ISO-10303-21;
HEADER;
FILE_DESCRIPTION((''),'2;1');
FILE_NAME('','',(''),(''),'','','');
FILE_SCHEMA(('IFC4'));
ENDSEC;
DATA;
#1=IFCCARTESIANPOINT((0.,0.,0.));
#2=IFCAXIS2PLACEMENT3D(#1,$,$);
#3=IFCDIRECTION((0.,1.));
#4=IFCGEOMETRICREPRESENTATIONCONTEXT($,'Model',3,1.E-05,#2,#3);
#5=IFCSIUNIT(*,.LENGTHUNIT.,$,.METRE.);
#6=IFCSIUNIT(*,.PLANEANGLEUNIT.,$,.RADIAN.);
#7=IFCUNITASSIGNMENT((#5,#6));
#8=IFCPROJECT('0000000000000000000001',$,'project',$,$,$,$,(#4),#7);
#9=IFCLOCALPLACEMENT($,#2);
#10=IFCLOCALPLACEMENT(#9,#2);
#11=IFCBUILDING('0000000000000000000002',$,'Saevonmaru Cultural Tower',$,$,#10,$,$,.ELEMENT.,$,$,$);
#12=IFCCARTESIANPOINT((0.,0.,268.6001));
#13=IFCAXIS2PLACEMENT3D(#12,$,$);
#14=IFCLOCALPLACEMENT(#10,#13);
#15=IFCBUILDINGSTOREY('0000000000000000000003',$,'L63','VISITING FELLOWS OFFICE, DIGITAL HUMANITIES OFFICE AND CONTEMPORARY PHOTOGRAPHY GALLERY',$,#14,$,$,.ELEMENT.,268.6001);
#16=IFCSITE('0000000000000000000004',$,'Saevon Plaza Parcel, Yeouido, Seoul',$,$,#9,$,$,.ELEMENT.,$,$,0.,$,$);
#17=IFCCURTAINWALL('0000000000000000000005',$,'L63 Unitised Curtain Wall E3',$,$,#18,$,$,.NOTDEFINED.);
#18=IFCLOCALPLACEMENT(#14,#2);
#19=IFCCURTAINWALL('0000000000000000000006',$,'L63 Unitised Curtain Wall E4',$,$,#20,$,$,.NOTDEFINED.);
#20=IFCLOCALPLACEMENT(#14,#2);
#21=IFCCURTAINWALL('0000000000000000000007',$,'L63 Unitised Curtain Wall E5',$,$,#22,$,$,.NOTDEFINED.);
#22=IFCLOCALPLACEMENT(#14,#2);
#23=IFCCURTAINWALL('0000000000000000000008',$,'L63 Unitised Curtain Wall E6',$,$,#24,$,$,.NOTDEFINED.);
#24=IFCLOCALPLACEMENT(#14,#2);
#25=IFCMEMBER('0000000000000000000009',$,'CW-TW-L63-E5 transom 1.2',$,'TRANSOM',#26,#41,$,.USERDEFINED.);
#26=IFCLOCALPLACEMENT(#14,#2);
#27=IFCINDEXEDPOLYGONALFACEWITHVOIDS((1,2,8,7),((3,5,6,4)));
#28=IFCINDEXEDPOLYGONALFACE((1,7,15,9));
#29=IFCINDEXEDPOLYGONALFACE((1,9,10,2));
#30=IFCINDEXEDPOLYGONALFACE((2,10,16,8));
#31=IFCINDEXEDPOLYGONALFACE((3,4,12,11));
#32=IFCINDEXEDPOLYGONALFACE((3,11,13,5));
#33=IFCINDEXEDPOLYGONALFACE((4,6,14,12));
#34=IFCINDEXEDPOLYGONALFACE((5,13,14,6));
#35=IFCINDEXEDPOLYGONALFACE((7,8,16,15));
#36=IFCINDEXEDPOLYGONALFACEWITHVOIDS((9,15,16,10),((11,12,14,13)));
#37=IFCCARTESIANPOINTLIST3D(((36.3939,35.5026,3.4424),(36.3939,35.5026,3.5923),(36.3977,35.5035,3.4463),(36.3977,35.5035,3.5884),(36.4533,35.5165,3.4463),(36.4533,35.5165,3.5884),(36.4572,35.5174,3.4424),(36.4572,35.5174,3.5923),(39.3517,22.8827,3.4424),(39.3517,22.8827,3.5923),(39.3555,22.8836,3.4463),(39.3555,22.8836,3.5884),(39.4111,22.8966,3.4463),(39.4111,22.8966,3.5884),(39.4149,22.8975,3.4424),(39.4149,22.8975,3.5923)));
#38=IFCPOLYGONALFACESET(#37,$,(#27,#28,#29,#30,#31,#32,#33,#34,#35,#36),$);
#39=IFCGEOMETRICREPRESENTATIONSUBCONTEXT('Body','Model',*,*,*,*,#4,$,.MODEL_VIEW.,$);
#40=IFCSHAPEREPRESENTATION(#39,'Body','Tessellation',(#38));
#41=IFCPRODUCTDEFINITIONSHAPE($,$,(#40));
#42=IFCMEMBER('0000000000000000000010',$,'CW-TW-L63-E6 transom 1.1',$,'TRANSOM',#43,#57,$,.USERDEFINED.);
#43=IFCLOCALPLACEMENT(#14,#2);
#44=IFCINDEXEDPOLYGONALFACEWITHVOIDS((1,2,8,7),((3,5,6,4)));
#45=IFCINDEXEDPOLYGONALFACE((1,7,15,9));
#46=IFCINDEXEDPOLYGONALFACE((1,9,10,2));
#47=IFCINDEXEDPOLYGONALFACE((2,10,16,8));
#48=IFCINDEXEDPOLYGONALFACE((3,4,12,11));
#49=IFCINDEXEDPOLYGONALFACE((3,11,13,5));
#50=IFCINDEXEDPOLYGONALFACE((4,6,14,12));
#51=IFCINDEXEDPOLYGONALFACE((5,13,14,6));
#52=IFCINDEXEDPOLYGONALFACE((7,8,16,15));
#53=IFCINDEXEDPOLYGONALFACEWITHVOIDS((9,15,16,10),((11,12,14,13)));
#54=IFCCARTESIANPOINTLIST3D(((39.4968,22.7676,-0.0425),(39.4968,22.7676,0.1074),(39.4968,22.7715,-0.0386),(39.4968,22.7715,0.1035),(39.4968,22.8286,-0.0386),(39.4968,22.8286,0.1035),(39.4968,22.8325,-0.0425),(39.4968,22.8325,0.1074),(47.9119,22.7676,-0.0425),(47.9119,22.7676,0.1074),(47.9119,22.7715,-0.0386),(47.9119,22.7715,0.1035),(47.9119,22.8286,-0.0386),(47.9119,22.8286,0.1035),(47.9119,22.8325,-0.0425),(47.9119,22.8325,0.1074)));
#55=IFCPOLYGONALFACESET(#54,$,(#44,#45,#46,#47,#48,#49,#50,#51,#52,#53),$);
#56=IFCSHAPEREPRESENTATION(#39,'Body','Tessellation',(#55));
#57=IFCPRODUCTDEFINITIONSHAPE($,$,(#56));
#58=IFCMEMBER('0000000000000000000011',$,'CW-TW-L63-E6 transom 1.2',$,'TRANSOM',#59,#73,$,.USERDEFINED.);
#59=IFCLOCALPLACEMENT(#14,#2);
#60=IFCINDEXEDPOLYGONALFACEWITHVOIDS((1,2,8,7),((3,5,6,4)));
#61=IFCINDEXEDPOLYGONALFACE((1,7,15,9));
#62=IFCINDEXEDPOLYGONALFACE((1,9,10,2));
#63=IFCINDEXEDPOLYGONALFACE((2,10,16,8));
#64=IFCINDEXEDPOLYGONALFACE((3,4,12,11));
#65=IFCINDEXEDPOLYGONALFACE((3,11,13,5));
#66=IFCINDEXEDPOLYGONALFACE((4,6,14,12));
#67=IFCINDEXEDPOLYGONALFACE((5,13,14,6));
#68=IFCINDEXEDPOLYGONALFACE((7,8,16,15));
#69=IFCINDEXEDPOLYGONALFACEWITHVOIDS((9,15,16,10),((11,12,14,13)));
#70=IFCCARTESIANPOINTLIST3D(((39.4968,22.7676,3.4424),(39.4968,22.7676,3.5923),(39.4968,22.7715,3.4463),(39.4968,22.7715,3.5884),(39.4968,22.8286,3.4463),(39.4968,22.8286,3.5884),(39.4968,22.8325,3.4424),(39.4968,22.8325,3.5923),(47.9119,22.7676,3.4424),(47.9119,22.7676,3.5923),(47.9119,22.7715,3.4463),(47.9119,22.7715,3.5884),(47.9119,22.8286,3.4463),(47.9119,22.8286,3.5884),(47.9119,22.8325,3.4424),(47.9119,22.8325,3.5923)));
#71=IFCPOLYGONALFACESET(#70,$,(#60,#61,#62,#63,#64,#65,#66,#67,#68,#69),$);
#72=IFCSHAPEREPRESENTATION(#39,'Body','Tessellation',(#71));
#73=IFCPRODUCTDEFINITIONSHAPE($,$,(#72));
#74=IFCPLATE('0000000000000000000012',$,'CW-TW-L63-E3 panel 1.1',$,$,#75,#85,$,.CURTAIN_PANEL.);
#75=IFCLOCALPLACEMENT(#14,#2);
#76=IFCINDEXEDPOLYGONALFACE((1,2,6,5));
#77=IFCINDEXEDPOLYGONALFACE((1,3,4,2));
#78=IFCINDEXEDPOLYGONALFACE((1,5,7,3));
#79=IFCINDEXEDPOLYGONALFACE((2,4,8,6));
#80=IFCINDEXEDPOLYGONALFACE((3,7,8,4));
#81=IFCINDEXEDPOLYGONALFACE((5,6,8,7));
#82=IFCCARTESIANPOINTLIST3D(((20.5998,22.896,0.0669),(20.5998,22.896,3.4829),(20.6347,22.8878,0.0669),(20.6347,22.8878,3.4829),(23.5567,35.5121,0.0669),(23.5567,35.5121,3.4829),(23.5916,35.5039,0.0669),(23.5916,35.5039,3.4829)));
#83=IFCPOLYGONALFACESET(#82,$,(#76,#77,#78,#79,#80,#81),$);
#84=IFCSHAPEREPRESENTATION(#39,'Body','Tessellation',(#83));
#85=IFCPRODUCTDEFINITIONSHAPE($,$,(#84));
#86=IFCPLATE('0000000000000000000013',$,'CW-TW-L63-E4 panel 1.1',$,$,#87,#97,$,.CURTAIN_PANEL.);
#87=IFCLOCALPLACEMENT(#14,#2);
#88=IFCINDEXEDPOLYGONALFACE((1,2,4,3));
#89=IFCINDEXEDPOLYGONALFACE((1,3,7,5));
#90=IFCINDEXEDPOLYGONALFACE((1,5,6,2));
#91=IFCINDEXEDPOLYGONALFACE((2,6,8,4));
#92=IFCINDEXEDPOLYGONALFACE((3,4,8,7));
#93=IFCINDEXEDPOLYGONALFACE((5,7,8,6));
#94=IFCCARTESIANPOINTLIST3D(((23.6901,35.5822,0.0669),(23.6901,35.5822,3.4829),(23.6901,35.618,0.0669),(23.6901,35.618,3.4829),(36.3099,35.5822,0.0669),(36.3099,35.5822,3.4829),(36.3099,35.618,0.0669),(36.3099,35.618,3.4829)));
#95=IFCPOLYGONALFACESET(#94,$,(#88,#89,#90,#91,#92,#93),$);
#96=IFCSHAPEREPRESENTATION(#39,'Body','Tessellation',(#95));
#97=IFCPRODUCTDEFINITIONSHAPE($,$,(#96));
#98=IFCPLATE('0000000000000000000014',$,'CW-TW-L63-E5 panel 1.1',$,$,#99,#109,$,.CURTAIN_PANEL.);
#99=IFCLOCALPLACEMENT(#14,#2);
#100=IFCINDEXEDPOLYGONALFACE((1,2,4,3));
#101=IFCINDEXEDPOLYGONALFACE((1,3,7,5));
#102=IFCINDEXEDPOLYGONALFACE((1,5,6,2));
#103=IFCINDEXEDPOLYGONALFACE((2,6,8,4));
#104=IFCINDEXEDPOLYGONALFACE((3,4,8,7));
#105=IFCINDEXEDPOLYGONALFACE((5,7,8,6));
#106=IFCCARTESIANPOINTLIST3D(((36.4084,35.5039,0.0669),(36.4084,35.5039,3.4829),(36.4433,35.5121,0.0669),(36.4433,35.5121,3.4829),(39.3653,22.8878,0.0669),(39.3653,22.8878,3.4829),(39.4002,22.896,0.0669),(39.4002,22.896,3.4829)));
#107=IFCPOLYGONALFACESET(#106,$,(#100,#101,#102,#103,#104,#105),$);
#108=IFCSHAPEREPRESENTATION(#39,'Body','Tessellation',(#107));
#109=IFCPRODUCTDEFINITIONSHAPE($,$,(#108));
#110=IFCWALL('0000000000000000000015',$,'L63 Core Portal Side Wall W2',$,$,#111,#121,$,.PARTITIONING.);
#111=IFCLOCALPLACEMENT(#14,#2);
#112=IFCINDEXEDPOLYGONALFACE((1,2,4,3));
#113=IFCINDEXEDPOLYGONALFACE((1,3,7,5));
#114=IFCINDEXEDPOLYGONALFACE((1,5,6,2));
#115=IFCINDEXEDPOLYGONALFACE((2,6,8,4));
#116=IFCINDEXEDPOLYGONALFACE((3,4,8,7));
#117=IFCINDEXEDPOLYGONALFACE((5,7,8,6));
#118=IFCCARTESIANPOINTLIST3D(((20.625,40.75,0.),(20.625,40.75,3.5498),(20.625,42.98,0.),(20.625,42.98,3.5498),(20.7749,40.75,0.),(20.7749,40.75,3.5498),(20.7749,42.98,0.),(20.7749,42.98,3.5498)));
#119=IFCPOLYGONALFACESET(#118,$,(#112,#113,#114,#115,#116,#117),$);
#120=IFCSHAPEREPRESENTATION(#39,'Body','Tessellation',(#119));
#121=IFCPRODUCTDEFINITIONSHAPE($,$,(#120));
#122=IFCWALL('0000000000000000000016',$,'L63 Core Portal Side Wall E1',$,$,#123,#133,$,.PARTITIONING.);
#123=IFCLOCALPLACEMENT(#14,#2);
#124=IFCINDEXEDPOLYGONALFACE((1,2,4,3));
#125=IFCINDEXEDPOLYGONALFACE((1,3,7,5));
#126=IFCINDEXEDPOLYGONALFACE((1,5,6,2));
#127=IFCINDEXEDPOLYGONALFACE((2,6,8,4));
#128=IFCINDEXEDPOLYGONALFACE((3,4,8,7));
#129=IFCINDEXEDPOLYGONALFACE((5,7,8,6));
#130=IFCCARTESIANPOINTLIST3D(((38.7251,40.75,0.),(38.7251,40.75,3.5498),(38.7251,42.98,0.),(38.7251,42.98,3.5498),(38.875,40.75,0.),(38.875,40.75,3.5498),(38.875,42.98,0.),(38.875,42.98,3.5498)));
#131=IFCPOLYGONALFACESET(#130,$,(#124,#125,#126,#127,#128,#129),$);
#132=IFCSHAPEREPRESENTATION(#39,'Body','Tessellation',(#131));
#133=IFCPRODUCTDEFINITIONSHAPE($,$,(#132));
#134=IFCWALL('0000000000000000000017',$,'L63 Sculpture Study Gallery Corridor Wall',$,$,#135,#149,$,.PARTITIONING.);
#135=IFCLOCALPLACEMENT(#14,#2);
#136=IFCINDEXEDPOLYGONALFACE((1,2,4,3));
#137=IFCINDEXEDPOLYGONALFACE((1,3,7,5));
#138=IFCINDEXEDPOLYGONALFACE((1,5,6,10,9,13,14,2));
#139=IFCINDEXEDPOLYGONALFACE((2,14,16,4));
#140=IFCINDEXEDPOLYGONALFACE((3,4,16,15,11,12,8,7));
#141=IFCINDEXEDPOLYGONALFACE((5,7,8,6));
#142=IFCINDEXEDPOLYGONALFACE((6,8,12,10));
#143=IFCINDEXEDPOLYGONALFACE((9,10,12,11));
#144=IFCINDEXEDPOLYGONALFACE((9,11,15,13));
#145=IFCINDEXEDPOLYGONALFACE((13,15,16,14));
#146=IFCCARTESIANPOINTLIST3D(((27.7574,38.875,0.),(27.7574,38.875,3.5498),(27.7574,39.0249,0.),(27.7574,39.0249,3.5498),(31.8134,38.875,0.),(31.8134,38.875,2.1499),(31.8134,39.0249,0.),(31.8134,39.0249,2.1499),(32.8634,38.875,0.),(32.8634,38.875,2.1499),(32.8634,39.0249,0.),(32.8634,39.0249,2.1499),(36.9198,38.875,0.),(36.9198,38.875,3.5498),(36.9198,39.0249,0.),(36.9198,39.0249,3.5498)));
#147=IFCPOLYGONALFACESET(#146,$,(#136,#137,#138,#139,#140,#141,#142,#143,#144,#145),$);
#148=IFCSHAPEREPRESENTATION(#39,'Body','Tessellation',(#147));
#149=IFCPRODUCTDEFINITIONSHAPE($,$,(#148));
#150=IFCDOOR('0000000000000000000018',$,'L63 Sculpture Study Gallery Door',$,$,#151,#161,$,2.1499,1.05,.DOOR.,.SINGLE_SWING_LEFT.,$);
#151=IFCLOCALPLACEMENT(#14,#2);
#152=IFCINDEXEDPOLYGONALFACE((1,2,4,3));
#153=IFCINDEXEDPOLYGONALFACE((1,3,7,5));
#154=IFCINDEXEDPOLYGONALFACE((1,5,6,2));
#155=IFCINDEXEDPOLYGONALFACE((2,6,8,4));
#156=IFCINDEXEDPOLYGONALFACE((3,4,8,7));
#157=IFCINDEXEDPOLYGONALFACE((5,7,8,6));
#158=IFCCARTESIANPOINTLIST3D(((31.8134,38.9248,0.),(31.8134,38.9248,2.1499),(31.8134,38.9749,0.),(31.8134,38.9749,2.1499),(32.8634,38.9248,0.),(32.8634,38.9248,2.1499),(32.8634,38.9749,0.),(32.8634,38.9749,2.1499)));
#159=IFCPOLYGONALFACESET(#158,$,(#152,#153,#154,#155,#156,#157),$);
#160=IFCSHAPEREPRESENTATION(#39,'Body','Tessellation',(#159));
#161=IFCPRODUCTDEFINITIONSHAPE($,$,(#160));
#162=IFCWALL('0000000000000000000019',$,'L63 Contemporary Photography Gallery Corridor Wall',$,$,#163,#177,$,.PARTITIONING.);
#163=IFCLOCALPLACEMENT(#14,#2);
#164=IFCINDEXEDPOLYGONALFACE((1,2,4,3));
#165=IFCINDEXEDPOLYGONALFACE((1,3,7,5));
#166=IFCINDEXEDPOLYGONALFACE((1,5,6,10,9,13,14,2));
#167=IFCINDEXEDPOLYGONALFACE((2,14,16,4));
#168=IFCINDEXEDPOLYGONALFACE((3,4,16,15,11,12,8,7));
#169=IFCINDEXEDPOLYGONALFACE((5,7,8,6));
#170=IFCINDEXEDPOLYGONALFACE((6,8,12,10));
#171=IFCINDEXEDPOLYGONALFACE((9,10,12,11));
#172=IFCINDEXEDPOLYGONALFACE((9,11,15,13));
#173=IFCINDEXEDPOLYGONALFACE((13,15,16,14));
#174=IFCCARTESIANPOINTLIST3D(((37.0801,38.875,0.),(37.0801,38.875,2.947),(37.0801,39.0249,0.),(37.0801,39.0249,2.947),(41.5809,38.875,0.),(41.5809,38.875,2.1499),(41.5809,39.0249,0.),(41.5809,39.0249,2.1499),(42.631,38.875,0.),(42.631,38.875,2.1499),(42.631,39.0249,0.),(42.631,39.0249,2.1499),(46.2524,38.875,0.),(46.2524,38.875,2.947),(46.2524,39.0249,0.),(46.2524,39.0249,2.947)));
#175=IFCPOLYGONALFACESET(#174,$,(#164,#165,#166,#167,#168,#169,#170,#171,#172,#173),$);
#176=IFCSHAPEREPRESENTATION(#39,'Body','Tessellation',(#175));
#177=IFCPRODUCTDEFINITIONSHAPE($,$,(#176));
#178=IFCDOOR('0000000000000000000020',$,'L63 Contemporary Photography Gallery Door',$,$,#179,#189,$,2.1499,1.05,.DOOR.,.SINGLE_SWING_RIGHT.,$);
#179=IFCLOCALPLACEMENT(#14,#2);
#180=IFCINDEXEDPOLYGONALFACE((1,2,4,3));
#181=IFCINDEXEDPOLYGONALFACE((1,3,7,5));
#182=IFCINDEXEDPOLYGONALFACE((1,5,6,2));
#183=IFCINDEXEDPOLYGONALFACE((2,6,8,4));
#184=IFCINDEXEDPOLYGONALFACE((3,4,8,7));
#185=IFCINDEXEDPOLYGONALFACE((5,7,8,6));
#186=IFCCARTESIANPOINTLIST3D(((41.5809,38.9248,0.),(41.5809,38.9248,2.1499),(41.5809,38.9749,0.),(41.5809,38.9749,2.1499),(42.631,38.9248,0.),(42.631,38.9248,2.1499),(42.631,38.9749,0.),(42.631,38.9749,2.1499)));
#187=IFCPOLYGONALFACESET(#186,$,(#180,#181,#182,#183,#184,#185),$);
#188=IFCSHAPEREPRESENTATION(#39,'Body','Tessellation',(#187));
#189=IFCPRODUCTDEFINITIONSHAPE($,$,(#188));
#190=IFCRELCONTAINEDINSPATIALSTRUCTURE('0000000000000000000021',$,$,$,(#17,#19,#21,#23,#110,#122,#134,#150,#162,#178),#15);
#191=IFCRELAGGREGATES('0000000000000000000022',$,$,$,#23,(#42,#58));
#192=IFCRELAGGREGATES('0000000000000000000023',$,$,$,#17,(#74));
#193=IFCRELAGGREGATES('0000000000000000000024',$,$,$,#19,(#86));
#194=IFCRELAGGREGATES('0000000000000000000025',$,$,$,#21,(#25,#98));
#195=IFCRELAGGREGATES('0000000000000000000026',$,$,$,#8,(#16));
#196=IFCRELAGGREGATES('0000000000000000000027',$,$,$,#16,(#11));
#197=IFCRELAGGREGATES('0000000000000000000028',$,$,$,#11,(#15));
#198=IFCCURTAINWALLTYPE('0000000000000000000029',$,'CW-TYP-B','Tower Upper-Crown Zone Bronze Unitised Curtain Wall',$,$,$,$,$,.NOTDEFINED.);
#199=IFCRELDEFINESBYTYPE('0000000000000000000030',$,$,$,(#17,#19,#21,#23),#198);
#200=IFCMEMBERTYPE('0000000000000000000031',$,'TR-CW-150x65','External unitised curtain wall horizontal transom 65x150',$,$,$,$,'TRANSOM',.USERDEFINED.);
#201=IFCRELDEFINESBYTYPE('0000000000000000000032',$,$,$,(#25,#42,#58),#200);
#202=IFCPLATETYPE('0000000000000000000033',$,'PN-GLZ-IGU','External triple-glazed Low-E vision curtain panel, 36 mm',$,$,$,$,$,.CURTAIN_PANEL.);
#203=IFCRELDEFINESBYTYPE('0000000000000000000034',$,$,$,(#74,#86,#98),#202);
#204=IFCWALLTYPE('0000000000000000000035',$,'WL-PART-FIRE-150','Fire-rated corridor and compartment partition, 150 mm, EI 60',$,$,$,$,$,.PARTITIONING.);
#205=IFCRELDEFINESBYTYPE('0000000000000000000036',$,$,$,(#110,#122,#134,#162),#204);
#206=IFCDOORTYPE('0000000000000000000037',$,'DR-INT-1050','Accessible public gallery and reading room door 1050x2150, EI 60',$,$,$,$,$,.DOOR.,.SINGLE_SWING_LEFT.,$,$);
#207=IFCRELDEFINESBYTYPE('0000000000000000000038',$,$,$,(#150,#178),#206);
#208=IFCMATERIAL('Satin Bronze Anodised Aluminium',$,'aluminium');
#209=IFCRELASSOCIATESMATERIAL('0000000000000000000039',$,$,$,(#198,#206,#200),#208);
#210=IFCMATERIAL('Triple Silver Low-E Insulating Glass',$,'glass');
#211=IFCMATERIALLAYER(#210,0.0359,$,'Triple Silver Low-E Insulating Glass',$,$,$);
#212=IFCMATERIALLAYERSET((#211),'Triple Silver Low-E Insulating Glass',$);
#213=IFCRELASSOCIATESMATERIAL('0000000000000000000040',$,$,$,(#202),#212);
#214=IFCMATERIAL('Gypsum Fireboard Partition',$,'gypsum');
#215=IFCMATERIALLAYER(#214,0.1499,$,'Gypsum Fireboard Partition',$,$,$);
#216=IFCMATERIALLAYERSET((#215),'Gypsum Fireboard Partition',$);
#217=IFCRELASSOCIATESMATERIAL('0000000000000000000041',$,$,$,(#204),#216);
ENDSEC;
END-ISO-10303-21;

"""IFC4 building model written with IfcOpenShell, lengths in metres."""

from ifc_helpers import new_model, si_unit, direction, frame, frame_2d, origin, origin_2d, place, context, subcontext, project, spatial, rectangle, hollow_rectangle, extrude, material, layer, layer_set, material_profile, profile_set, type_object, element, fill, aggregate, save


model = new_model("IFC4")

# Units and contexts
model_context = context("Model", 3, precision=1e-05, world=origin(), true_north=direction((0.0, 1.0)))
body_context = subcontext(model_context, "Body", "Model", "MODEL_VIEW")
ifc_project = project(units=[si_unit("LENGTHUNIT", "METRE"), si_unit("PLANEANGLEUNIT", "RADIAN")], contexts=[model_context])

# Site, building, storey
site_placement = place(None, origin())
site = spatial("IfcSite", under=ifc_project, at=site_placement, Name="Saevon Plaza Parcel, Yeouido, Seoul", CompositionType="ELEMENT", RefElevation=0.0)
building_placement = place(site_placement, origin())
building = spatial("IfcBuilding", under=site, at=building_placement, Name="Saevonmaru Cultural Tower", CompositionType="ELEMENT")
storey_placement = place(building_placement, frame((0.0, 0.0, 268.6001)))
storey = spatial("IfcBuildingStorey", under=building, at=storey_placement, Name="L63", Description="VISITING FELLOWS OFFICE, DIGITAL HUMANITIES OFFICE AND CONTEMPORARY PHOTOGRAPHY GALLERY", CompositionType="ELEMENT", Elevation=268.6001)

# Curtain wall
ifc_material_1 = material(Name="Satin Bronze Anodised Aluminium", Category="aluminium")
curtain_wall_type = type_object("IfcCurtainWallType", Name="CW-TYP-B", Description="Tower Upper-Crown Zone Bronze Unitised Curtain Wall", PredefinedType="NOTDEFINED", material=ifc_material_1)
curtain_wall_1_placement = place(storey_placement, origin())
curtain_wall_1 = element("IfcCurtainWall", 1, at=curtain_wall_1_placement, inside=storey, type_object=curtain_wall_type, Name="L63 Unitised Curtain Wall E3", PredefinedType="NOTDEFINED")

# Curtain walls
curtain_wall_2_placement = place(storey_placement, origin())
curtain_wall_2 = element("IfcCurtainWall", 2, at=curtain_wall_2_placement, inside=storey, type_object=curtain_wall_type, Name="L63 Unitised Curtain Wall E4", PredefinedType="NOTDEFINED")
curtain_wall_3_placement = place(storey_placement, origin())
curtain_wall_3 = element("IfcCurtainWall", 3, at=curtain_wall_3_placement, inside=storey, type_object=curtain_wall_type, Name="L63 Unitised Curtain Wall E5", PredefinedType="NOTDEFINED")

# Curtain wall
curtain_wall_4_placement = place(storey_placement, origin())
curtain_wall_4 = element("IfcCurtainWall", 4, at=curtain_wall_4_placement, inside=storey, type_object=curtain_wall_type, Name="L63 Unitised Curtain Wall E6", PredefinedType="NOTDEFINED")

# Members
ifc_material_profile_1 = material_profile(ifc_material_1, hollow_rectangle(XDim=0.0649, YDim=0.1499, WallThickness=0.0039, at=origin_2d()), Name="ALU-TRAN-150x65x4")
ifc_profile_set_1 = profile_set([ifc_material_profile_1], Name="Satin Bronze Anodised Aluminium")
member_type_1 = type_object("IfcMemberType", Name="TR-CW-150x65", Description="External unitised curtain wall horizontal transom 65x150", ElementType="TRANSOM", PredefinedType="USERDEFINED", material=ifc_profile_set_1)
member_1_placement = place(storey_placement, frame((36.4255, 35.51, 3.5173), z_axis=(0.22819, -0.973617, 0.0), x_axis=(0.973617, 0.22819, 0.0)))
member_1 = element("IfcMember", 5, at=member_1_placement, type_object=member_type_1, Name="CW-TW-L63-E5 transom 1.2", ObjectType="TRANSOM", PredefinedType="USERDEFINED", context=body_context, shape_type="SweptSolid", body=[
    extrude(hollow_rectangle(XDim=0.0649, YDim=0.1499, WallThickness=0.0039, at=origin_2d()), origin(), (0.0, 0.0, 1.0), 12.9619),
])
member_2_placement = place(storey_placement, frame((39.4968, 22.8, 0.0325), z_axis=(1.0, 0.0, 0.0), x_axis=(0.0, 1.0, 0.0)))
member_2 = element("IfcMember", 6, at=member_2_placement, type_object=member_type_1, Name="CW-TW-L63-E6 transom 1.1", ObjectType="TRANSOM", PredefinedType="USERDEFINED", context=body_context, shape_type="SweptSolid", body=[
    extrude(hollow_rectangle(XDim=0.0649, YDim=0.1499, WallThickness=0.0039, at=origin_2d()), origin(), (0.0, 0.0, 1.0), 8.415),
])
member_3_placement = place(storey_placement, frame((39.4968, 22.8, 3.5173), z_axis=(1.0, 0.0, 0.0), x_axis=(0.0, 1.0, 0.0)))
member_3 = element("IfcMember", 7, at=member_3_placement, type_object=member_type_1, Name="CW-TW-L63-E6 transom 1.2", ObjectType="TRANSOM", PredefinedType="USERDEFINED", context=body_context, shape_type="SweptSolid", body=[
    extrude(hollow_rectangle(XDim=0.0649, YDim=0.1499, WallThickness=0.0039, at=origin_2d()), origin(), (0.0, 0.0, 1.0), 8.415),
])
aggregate(curtain_wall_4, [member_2, member_3])

# Plates
ifc_material_2 = material(Name="Triple Silver Low-E Insulating Glass", Category="glass")
ifc_layer_1 = layer(ifc_material_2, 0.0359, Name="Triple Silver Low-E Insulating Glass")
ifc_layer_set_1 = layer_set([ifc_layer_1], Name="Triple Silver Low-E Insulating Glass")
plate_type = type_object("IfcPlateType", Name="PN-GLZ-IGU", Description="External triple-glazed Low-E vision curtain panel, 36 mm", PredefinedType="CURTAIN_PANEL", material=ifc_layer_set_1)
plate_1_placement = place(storey_placement, frame((22.0957, 29.2, 0.0669), z_axis=(0.0, 0.0, 1.0), x_axis=(0.22819, 0.973617, 0.0)))
plate_1 = element("IfcPlate", 8, at=plate_1_placement, type_object=plate_type, Name="CW-TW-L63-E3 panel 1.1", PredefinedType="CURTAIN_PANEL", context=body_context, shape_type="SweptSolid", body=[
    extrude(rectangle(XDim=12.958, YDim=0.0359, at=origin_2d()), origin(), (0.0, 0.0, 1.0), 3.416),
])
aggregate(curtain_wall_1, [plate_1])
plate_2_placement = place(storey_placement, frame((30.0, 35.6001, 0.0669), z_axis=(0.0, 0.0, 1.0), x_axis=(1.0, 0.0, 0.0)))
plate_2 = element("IfcPlate", 9, at=plate_2_placement, type_object=plate_type, Name="CW-TW-L63-E4 panel 1.1", PredefinedType="CURTAIN_PANEL", context=body_context, shape_type="SweptSolid", body=[
    extrude(rectangle(XDim=12.6199, YDim=0.0359, at=origin_2d()), origin(), (0.0, 0.0, 1.0), 3.416),
])
aggregate(curtain_wall_2, [plate_2])
plate_3_placement = place(storey_placement, frame((37.9043, 29.2, 0.0669), z_axis=(0.0, 0.0, 1.0), x_axis=(0.22819, -0.973617, 0.0)))
plate_3 = element("IfcPlate", 10, at=plate_3_placement, type_object=plate_type, Name="CW-TW-L63-E5 panel 1.1", PredefinedType="CURTAIN_PANEL", context=body_context, shape_type="SweptSolid", body=[
    extrude(rectangle(XDim=12.958, YDim=0.0359, at=origin_2d()), origin(), (0.0, 0.0, 1.0), 3.416),
])
aggregate(curtain_wall_3, [member_1, plate_3])

# Walls
ifc_material_3 = material(Name="Gypsum Fireboard Partition", Category="gypsum")
ifc_layer_2 = layer(ifc_material_3, 0.1499, Name="Gypsum Fireboard Partition")
ifc_layer_set_2 = layer_set([ifc_layer_2], Name="Gypsum Fireboard Partition")
wall_type_1 = type_object("IfcWallType", Name="WL-PART-FIRE-150", Description="Fire-rated corridor and compartment partition, 150 mm, EI 60", PredefinedType="PARTITIONING", material=ifc_layer_set_2)
for number, where, z_axis, x_axis, name in (
    (11, (20.7, 40.75, 0.0), (0.0, 0.0, 1.0), (0.0, 1.0, 0.0), "L63 Core Portal Side Wall W2"),
    (12, (38.8, 40.75, 0.0), (0.0, 0.0, 1.0), (0.0, 1.0, 0.0), "L63 Core Portal Side Wall E1"),
):
    element("IfcWall", number, at=place(storey_placement, frame(where, z_axis=z_axis, x_axis=x_axis)), inside=storey, type_object=wall_type_1, Name=name, PredefinedType="PARTITIONING", context=body_context, shape_type="SweptSolid", body=[
        extrude(rectangle(XDim=2.23, YDim=0.1499, at=frame_2d((1.115, 0.0))), origin(), (0.0, 0.0, 1.0), 3.5498),
    ])

# Walls, openings, doors
wall_1_placement = place(storey_placement, frame((27.7576, 38.95, 0.0), z_axis=(0.0, 0.0, 1.0), x_axis=(1.0, 0.0, 0.0)))
wall_1 = element("IfcWall", 13, at=wall_1_placement, inside=storey, type_object=wall_type_1, Name="L63 Sculpture Study Gallery Corridor Wall", PredefinedType="PARTITIONING", context=body_context, shape_type="SweptSolid", body=[
    extrude(rectangle(XDim=9.1624, YDim=0.1499, at=frame_2d((4.5811, 0.0))), origin(), (0.0, 0.0, 1.0), 3.5498),
])
opening_1_placement = place(wall_1_placement, frame((4.0559, 0.0, 0.0)))
opening_1 = element("IfcOpeningElement", 14, at=opening_1_placement, cuts=wall_1, PredefinedType="OPENING", context=body_context, shape_type="SweptSolid", body=[
    extrude(rectangle(XDim=1.05, YDim=2.1499, at=frame_2d((0.5249, 1.075))), frame((0.0, 0.085, 0.0), z_axis=(0.0, -1.0, 0.0), x_axis=(1.0, 0.0, 0.0)), (0.0, 0.0, 1.0), 0.1699),
])
door_type_1 = type_object("IfcDoorType", Name="DR-INT-1050", Description="Accessible public gallery and reading room door 1050x2150, EI 60", OperationType="SINGLE_SWING_LEFT", PredefinedType="DOOR", material=ifc_material_1)
door_1_placement = place(opening_1_placement, origin())
door_1 = element("IfcDoor", 15, at=door_1_placement, inside=storey, type_object=door_type_1, Name="L63 Sculpture Study Gallery Door", OperationType="SINGLE_SWING_LEFT", OverallHeight=2.1499, OverallWidth=1.05, PredefinedType="DOOR", context=body_context, shape_type="SweptSolid", body=[
    extrude(rectangle(XDim=1.05, YDim=2.1499, at=frame_2d((0.5249, 1.075))), frame((0.0, 0.0249, 0.0), z_axis=(0.0, -1.0, 0.0), x_axis=(1.0, 0.0, 0.0)), (0.0, 0.0, 1.0), 0.05),
])
fill(opening_1, door_1)
wall_2_placement = place(storey_placement, frame((37.0801, 38.95, 0.0), z_axis=(0.0, 0.0, 1.0), x_axis=(1.0, 0.0, 0.0)))
wall_2 = element("IfcWall", 16, at=wall_2_placement, inside=storey, type_object=wall_type_1, Name="L63 Contemporary Photography Gallery Corridor Wall", PredefinedType="PARTITIONING", context=body_context, shape_type="SweptSolid", body=[
    extrude(rectangle(XDim=9.1724, YDim=0.1499, at=frame_2d((4.5862, 0.0))), origin(), (0.0, 0.0, 1.0), 2.947),
])
opening_2_placement = place(wall_2_placement, frame((4.501, 0.0, 0.0)))
opening_2 = element("IfcOpeningElement", 17, at=opening_2_placement, cuts=wall_2, PredefinedType="OPENING", context=body_context, shape_type="SweptSolid", body=[
    extrude(rectangle(XDim=1.05, YDim=2.1499, at=frame_2d((0.5249, 1.075))), frame((0.0, 0.085, 0.0), z_axis=(0.0, -1.0, 0.0), x_axis=(1.0, 0.0, 0.0)), (0.0, 0.0, 1.0), 0.1699),
])
door_2_placement = place(opening_2_placement, origin())
door_2 = element("IfcDoor", 18, at=door_2_placement, inside=storey, type_object=door_type_1, Name="L63 Contemporary Photography Gallery Door", OperationType="SINGLE_SWING_RIGHT", OverallHeight=2.1499, OverallWidth=1.05, PredefinedType="DOOR", context=body_context, shape_type="SweptSolid", body=[
    extrude(rectangle(XDim=1.05, YDim=2.1499, at=frame_2d((0.5249, 1.075))), frame((0.0, 0.0249, 0.0), z_axis=(0.0, -1.0, 0.0), x_axis=(1.0, 0.0, 0.0)), (0.0, 0.0, 1.0), 0.05),
])
fill(opening_2, door_2)

save(model, "model.ifc")
